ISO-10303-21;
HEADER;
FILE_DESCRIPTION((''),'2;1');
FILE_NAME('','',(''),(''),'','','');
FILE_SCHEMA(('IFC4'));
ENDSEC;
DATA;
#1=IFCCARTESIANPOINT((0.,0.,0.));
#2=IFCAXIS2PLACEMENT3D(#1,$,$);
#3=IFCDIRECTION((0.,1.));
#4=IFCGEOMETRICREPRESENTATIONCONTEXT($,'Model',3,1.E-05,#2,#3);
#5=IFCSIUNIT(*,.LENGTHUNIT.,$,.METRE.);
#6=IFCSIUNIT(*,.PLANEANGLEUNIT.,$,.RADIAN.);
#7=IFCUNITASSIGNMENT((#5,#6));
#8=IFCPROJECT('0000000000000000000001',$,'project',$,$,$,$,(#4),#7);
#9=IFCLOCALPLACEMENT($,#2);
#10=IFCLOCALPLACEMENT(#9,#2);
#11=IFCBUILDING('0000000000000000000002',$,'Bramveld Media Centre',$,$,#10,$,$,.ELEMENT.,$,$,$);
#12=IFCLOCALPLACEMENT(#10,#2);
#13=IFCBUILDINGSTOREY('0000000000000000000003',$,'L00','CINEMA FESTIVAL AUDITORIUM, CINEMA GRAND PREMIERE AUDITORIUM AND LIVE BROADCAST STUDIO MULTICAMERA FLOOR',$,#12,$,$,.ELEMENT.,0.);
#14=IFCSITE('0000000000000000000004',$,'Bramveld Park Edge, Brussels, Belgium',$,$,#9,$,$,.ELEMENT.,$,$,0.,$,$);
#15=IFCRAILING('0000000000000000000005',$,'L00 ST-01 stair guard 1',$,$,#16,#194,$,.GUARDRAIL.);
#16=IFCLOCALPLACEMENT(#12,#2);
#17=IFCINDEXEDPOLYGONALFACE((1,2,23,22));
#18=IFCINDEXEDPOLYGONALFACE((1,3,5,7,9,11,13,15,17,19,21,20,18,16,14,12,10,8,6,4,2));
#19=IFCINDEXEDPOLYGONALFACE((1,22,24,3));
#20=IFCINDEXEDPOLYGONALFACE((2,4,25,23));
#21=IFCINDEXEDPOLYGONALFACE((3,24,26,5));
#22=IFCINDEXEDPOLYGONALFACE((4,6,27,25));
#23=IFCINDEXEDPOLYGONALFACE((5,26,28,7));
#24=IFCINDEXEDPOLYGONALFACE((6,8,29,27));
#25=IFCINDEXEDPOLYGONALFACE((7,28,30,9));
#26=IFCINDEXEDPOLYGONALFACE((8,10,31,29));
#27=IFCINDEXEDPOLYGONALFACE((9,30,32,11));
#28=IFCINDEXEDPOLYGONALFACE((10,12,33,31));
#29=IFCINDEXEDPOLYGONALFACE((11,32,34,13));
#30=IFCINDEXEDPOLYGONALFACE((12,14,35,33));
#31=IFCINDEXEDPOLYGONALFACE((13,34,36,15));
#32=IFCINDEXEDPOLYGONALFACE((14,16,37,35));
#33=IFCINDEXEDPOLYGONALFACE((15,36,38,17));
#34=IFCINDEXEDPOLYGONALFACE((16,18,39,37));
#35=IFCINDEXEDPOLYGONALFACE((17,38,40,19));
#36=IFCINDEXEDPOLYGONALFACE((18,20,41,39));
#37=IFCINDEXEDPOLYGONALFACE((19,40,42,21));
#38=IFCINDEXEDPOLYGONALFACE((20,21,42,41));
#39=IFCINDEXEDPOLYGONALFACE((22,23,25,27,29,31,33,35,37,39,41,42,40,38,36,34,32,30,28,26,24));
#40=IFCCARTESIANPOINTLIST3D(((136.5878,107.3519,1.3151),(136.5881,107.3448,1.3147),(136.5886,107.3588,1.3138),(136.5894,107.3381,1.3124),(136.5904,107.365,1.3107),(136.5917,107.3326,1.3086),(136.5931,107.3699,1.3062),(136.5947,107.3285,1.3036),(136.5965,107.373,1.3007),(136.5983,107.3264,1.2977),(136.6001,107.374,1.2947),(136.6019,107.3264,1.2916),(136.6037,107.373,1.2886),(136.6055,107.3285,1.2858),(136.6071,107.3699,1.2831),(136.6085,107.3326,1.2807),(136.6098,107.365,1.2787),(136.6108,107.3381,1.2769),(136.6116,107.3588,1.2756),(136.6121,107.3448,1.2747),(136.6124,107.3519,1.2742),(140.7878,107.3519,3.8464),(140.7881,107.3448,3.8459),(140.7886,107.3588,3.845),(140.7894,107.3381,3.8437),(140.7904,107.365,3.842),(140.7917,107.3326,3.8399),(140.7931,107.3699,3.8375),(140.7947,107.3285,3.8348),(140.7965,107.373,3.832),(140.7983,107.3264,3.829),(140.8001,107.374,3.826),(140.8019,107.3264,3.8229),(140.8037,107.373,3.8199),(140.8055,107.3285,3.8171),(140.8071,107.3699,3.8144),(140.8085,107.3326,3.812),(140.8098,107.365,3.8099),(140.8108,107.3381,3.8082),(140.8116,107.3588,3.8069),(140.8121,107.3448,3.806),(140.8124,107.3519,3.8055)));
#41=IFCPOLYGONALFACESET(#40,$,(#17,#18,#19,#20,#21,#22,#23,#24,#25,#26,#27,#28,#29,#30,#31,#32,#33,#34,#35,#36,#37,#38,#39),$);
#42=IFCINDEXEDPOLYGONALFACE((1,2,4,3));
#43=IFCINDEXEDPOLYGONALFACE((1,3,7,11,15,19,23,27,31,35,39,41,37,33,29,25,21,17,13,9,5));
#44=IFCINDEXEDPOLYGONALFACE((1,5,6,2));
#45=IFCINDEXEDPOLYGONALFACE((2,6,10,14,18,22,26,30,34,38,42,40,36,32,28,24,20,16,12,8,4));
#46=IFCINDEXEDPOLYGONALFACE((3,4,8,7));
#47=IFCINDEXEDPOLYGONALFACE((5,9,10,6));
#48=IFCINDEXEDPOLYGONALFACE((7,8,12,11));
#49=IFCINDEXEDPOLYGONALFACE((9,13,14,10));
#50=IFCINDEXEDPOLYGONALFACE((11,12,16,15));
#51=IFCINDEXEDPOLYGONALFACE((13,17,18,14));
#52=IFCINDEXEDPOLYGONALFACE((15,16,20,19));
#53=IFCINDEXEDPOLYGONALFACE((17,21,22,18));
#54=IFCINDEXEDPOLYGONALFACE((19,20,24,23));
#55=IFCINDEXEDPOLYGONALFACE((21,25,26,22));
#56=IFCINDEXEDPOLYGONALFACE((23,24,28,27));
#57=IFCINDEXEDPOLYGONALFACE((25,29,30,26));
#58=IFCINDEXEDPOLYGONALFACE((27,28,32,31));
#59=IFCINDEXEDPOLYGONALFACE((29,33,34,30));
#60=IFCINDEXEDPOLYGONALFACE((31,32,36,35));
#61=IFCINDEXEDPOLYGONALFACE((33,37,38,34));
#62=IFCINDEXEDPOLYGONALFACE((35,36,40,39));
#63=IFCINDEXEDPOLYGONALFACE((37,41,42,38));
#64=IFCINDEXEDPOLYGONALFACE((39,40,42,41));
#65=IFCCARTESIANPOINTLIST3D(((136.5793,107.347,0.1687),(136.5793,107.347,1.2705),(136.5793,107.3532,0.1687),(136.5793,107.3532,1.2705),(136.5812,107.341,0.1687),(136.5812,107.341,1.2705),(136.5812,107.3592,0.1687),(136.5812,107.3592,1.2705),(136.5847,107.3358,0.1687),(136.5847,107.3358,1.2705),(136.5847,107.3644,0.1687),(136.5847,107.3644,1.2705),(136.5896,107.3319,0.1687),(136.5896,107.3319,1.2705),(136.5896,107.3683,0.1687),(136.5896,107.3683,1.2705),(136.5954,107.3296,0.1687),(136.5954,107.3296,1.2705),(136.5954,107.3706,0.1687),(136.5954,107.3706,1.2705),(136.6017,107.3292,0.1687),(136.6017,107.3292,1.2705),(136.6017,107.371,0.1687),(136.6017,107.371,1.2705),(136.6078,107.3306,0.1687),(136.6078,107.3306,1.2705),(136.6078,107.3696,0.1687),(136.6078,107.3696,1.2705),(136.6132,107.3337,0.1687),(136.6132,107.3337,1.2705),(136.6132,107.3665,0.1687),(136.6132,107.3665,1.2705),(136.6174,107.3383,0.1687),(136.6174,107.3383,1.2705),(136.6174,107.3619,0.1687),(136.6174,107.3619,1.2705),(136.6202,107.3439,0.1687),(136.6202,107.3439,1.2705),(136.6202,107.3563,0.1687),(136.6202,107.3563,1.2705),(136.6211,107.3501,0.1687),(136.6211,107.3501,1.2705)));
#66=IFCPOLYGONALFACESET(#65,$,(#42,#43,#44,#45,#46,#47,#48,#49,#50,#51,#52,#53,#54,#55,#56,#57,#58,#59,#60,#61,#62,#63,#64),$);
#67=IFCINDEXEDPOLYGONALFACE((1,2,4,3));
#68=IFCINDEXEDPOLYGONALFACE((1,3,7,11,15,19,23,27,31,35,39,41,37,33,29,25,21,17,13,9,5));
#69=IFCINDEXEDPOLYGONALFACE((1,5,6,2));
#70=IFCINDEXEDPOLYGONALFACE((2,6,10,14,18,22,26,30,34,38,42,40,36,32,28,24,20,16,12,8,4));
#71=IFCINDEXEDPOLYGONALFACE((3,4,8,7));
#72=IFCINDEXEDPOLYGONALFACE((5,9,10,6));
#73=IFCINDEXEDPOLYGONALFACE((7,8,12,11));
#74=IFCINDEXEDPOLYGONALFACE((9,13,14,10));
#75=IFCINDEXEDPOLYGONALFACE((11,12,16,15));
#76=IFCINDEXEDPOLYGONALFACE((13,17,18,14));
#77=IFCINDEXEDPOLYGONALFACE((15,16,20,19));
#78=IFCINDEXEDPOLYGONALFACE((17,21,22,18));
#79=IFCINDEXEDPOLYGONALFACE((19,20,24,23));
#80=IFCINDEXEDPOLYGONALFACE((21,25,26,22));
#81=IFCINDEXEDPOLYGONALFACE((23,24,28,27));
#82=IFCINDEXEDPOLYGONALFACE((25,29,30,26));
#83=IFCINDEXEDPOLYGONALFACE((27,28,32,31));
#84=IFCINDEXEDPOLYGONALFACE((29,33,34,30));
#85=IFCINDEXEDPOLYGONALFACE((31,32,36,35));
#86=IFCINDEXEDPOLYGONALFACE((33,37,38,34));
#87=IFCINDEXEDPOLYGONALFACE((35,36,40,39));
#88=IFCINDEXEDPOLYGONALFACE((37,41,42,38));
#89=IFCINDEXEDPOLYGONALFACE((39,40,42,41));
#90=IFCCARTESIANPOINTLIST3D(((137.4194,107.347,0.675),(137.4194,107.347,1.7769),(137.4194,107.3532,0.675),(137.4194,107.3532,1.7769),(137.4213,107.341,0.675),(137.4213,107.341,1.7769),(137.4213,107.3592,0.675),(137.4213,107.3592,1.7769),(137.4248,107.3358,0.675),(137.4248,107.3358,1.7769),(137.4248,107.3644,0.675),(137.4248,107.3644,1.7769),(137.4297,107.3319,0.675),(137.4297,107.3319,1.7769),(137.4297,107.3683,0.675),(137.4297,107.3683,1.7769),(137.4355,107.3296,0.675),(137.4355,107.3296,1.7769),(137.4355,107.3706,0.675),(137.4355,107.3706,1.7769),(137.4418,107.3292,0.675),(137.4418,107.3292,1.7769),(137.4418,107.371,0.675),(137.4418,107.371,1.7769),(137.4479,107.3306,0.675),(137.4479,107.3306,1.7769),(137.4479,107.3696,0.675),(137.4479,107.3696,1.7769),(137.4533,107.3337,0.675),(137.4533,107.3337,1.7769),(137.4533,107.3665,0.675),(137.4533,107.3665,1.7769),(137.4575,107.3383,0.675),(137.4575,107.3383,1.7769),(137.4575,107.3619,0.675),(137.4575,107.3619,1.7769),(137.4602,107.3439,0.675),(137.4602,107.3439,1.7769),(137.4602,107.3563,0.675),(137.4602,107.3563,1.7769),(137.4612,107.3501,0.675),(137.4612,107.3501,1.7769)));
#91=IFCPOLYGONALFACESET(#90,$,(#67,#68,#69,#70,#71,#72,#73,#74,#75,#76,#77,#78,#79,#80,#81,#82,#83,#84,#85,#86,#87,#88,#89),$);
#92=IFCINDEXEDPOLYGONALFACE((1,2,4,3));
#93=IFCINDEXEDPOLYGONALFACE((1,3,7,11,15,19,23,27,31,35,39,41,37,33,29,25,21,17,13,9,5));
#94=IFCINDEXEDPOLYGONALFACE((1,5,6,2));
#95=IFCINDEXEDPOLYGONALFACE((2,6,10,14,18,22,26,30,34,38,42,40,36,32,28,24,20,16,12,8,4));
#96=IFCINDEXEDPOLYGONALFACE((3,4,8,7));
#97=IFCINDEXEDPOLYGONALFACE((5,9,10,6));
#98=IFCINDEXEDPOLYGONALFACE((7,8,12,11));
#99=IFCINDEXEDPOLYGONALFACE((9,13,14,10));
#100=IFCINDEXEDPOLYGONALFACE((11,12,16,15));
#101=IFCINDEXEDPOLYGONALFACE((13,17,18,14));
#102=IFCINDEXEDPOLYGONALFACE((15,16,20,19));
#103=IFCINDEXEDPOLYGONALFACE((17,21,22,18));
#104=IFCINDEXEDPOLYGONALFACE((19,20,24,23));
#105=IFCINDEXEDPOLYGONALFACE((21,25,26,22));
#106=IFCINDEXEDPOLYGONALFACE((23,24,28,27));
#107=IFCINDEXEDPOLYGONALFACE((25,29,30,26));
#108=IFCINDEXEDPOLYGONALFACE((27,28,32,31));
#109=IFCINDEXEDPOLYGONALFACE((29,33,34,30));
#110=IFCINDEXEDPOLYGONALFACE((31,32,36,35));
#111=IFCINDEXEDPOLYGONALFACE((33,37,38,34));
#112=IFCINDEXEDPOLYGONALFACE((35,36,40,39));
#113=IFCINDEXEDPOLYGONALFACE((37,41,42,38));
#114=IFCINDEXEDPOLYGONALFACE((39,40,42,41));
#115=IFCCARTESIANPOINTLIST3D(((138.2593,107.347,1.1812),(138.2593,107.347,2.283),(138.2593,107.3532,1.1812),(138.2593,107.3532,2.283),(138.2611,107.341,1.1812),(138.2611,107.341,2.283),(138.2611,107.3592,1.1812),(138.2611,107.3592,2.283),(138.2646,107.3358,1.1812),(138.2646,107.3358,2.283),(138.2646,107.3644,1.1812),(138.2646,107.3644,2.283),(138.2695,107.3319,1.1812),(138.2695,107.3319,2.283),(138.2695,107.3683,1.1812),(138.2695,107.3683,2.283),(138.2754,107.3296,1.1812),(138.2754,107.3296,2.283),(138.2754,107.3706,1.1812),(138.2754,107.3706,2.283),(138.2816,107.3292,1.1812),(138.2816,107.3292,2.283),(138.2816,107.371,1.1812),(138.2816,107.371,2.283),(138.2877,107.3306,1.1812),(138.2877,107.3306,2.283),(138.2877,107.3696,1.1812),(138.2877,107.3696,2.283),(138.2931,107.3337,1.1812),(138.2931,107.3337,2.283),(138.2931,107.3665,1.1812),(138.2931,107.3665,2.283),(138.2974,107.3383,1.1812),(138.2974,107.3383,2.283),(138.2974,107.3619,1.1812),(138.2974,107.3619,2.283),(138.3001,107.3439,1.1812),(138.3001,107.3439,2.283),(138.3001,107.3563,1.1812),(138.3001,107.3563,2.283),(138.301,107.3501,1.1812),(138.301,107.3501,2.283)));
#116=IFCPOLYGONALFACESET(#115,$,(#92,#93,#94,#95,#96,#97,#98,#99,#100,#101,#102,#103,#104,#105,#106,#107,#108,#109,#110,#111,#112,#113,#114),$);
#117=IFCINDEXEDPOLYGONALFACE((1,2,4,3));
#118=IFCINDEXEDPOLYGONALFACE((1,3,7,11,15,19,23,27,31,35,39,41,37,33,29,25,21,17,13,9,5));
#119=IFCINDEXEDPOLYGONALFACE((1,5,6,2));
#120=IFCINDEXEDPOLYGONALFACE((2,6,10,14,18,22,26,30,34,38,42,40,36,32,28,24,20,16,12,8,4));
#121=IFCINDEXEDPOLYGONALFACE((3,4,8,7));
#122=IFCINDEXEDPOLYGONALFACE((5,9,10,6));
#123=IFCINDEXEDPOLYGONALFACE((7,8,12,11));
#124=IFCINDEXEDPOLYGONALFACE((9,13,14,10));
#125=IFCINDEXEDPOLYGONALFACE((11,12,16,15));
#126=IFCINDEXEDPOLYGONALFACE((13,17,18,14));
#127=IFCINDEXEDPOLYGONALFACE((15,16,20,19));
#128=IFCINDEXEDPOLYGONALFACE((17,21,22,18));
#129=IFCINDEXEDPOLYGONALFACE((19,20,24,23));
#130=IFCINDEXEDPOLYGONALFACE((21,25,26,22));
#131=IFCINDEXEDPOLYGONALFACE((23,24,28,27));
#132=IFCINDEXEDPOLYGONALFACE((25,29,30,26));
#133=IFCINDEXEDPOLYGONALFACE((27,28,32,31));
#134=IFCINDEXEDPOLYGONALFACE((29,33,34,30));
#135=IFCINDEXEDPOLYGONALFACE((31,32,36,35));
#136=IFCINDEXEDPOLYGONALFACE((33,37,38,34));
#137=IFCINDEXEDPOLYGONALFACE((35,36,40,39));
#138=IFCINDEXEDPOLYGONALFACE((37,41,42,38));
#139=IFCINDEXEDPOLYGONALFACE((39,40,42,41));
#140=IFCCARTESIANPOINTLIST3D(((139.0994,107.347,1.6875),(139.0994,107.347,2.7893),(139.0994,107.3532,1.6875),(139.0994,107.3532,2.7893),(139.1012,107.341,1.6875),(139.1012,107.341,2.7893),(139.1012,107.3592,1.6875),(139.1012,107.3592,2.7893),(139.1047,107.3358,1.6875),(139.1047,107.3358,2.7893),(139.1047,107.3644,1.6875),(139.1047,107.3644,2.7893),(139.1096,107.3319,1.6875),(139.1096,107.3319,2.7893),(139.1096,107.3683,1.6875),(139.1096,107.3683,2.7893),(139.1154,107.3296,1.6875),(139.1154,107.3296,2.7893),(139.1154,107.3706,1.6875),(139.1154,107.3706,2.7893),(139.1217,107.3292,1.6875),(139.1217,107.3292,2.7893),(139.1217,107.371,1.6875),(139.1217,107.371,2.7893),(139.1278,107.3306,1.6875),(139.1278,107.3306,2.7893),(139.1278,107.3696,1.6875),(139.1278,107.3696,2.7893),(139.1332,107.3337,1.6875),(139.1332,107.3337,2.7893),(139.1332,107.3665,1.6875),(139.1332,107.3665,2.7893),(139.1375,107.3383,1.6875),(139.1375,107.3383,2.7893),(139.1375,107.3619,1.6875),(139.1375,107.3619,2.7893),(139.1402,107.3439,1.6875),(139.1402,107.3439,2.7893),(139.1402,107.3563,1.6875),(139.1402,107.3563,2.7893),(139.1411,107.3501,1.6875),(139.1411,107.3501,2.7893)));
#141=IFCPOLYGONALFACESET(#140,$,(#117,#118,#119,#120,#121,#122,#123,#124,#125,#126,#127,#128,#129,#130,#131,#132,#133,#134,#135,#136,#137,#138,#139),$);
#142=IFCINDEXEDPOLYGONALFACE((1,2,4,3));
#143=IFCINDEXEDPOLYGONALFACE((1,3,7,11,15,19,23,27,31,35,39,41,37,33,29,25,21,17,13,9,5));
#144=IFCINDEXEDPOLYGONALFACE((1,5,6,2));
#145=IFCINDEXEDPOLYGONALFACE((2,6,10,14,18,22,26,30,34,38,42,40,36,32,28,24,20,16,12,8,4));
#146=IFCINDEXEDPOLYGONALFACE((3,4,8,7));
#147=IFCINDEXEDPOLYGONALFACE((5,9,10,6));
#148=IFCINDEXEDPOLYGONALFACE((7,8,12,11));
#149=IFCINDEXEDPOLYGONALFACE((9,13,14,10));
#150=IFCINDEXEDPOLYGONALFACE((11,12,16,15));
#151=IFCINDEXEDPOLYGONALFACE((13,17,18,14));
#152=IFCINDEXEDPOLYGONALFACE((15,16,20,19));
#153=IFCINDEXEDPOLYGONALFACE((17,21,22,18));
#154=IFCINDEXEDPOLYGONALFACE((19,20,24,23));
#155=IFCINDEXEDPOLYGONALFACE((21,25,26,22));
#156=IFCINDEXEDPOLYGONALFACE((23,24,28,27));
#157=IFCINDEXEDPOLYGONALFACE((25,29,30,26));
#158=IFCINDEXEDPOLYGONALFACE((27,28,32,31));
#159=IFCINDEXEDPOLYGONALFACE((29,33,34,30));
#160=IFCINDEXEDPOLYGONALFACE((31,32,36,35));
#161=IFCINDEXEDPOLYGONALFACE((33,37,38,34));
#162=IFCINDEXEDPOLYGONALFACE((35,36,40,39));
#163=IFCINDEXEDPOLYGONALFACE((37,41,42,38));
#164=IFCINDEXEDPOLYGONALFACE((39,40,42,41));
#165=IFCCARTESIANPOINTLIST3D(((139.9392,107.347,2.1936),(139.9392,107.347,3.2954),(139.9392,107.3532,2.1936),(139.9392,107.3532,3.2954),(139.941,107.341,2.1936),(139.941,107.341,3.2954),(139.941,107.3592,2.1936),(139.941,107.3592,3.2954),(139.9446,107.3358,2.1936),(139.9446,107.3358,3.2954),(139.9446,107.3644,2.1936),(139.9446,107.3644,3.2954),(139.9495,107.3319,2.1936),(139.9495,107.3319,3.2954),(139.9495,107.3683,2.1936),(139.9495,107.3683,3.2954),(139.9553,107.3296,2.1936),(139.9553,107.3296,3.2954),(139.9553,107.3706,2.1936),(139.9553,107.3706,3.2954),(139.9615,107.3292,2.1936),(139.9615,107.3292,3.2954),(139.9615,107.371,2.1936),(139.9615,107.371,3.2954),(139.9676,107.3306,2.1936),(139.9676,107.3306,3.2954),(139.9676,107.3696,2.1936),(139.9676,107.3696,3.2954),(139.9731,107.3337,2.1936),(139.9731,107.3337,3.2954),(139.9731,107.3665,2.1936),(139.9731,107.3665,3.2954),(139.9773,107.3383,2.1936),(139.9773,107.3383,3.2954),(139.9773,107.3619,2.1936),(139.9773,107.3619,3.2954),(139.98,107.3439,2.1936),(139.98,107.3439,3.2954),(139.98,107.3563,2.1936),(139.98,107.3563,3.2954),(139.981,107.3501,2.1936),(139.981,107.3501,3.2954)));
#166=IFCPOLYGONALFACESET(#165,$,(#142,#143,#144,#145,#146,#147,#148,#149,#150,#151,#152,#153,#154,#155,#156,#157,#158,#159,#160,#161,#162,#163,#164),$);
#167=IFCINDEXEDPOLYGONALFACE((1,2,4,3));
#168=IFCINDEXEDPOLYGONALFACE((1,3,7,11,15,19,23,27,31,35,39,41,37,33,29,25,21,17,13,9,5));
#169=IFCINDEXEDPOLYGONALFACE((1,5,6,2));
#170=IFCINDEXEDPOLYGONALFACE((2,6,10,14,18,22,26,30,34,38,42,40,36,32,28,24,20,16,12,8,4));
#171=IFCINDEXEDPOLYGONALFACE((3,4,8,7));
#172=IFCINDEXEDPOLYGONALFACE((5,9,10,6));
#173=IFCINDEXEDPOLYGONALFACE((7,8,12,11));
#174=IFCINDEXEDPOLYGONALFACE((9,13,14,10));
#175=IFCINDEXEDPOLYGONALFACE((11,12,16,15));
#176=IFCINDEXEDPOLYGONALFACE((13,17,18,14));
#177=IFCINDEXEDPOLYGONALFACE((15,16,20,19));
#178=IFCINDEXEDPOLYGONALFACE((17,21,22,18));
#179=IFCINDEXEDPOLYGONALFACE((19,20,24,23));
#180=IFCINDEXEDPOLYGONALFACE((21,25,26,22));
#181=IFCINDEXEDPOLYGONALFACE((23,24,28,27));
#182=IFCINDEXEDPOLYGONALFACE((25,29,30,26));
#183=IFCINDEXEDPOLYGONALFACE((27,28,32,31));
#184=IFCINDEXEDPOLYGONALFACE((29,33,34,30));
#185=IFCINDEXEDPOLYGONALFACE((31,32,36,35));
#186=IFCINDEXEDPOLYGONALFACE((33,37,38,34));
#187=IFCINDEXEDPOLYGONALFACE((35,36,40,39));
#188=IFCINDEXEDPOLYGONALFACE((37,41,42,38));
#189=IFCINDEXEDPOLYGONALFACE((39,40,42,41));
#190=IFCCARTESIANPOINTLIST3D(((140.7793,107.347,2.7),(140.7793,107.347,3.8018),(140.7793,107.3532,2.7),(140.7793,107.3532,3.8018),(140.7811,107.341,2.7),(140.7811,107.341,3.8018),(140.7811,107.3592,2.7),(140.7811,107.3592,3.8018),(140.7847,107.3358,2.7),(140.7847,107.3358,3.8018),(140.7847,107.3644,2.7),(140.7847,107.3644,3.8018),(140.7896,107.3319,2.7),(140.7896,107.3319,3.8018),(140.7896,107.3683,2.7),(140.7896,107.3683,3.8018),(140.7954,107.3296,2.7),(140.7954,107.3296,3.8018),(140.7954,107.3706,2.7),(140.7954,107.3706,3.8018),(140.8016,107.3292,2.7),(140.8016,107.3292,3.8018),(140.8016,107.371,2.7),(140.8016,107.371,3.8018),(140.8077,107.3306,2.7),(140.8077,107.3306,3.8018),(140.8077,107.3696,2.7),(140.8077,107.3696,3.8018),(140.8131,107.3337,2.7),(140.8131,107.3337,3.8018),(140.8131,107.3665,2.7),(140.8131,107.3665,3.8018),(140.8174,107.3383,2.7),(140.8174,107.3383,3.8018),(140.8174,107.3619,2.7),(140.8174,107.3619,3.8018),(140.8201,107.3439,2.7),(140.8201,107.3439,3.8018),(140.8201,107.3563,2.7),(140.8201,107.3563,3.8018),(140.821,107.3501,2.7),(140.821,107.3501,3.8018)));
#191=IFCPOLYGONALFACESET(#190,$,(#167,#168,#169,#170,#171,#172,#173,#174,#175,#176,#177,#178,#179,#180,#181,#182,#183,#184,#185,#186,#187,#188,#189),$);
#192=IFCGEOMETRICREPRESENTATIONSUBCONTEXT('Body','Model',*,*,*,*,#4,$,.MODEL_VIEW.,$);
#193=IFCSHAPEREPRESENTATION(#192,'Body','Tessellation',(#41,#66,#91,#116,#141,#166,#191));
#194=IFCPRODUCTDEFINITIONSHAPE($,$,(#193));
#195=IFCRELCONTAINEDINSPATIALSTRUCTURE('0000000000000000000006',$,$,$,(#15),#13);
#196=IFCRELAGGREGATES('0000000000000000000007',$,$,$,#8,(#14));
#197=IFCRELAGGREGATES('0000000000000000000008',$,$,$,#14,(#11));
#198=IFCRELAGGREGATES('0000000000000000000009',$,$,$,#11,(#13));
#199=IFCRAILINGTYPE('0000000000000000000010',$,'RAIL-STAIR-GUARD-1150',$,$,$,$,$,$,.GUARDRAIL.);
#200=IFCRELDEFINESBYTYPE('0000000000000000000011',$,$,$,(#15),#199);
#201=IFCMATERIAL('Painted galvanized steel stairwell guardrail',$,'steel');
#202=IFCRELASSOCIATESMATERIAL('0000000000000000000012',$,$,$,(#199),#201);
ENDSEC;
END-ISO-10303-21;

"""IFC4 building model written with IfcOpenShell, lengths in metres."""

from ifc_helpers import new_model, si_unit, direction, frame, origin, origin_2d, place, context, subcontext, project, spatial, circle, extrude, material, type_object, element, save


model = new_model("IFC4")

# Units and contexts
model_context = context("Model", 3, precision=1e-05, world=origin(), true_north=direction((0.0, 1.0)))
body_context = subcontext(model_context, "Body", "Model", "MODEL_VIEW")
ifc_project = project(units=[si_unit("LENGTHUNIT", "METRE"), si_unit("PLANEANGLEUNIT", "RADIAN")], contexts=[model_context])

# Site, building, storey
site_placement = place(None, origin())
site = spatial("IfcSite", under=ifc_project, at=site_placement, Name="Bramveld Park Edge, Brussels, Belgium", CompositionType="ELEMENT", RefElevation=0.0)
building_placement = place(site_placement, origin())
building = spatial("IfcBuilding", under=site, at=building_placement, Name="Bramveld Media Centre", CompositionType="ELEMENT")
storey_placement = place(building_placement, origin())
storey = spatial("IfcBuildingStorey", under=building, at=storey_placement, Name="L00", Description="CINEMA FESTIVAL AUDITORIUM, CINEMA GRAND PREMIERE AUDITORIUM AND LIVE BROADCAST STUDIO MULTICAMERA FLOOR", CompositionType="ELEMENT", Elevation=0.0)

# Railing
ifc_material_1 = material(Name="Painted galvanized steel stairwell guardrail", Category="steel")
railing_type_1 = type_object("IfcRailingType", Name="RAIL-STAIR-GUARD-1150", PredefinedType="GUARDRAIL", material=ifc_material_1)
railing_1_placement = place(storey_placement, frame((136.6001, 107.3501, 0.1687)))
element("IfcRailing", 1, at=railing_1_placement, inside=storey, type_object=railing_type_1, Name="L00 ST-01 stair guard 1", PredefinedType="GUARDRAIL", context=body_context, shape_type="SweptSolid", body=[
    extrude(circle(Radius=0.0239, at=origin_2d()), frame((0.0, 0.0, 1.126), z_axis=(0.856476, 0.0, 0.516186), x_axis=(0.0, 1.0, 0.0)), (0.0, 0.0, 1.0), 4.9038),
    extrude(circle(Radius=0.021, at=origin_2d()), origin(), (0.0, 0.0, 1.0), 1.1018),
    extrude(circle(Radius=0.021, at=origin_2d()), frame((0.8401, 0.0, 0.5063)), (0.0, 0.0, 1.0), 1.1018),
    extrude(circle(Radius=0.021, at=origin_2d()), frame((1.6799, 0.0, 1.0125)), (0.0, 0.0, 1.0), 1.1018),
    extrude(circle(Radius=0.021, at=origin_2d()), frame((2.52, 0.0, 1.5188)), (0.0, 0.0, 1.0), 1.1018),
    extrude(circle(Radius=0.021, at=origin_2d()), frame((3.3599, 0.0, 2.0249)), (0.0, 0.0, 1.0), 1.1018),
    extrude(circle(Radius=0.021, at=origin_2d()), frame((4.2, 0.0, 2.5312)), (0.0, 0.0, 1.0), 1.1018),
])

save(model, "model.ifc")
